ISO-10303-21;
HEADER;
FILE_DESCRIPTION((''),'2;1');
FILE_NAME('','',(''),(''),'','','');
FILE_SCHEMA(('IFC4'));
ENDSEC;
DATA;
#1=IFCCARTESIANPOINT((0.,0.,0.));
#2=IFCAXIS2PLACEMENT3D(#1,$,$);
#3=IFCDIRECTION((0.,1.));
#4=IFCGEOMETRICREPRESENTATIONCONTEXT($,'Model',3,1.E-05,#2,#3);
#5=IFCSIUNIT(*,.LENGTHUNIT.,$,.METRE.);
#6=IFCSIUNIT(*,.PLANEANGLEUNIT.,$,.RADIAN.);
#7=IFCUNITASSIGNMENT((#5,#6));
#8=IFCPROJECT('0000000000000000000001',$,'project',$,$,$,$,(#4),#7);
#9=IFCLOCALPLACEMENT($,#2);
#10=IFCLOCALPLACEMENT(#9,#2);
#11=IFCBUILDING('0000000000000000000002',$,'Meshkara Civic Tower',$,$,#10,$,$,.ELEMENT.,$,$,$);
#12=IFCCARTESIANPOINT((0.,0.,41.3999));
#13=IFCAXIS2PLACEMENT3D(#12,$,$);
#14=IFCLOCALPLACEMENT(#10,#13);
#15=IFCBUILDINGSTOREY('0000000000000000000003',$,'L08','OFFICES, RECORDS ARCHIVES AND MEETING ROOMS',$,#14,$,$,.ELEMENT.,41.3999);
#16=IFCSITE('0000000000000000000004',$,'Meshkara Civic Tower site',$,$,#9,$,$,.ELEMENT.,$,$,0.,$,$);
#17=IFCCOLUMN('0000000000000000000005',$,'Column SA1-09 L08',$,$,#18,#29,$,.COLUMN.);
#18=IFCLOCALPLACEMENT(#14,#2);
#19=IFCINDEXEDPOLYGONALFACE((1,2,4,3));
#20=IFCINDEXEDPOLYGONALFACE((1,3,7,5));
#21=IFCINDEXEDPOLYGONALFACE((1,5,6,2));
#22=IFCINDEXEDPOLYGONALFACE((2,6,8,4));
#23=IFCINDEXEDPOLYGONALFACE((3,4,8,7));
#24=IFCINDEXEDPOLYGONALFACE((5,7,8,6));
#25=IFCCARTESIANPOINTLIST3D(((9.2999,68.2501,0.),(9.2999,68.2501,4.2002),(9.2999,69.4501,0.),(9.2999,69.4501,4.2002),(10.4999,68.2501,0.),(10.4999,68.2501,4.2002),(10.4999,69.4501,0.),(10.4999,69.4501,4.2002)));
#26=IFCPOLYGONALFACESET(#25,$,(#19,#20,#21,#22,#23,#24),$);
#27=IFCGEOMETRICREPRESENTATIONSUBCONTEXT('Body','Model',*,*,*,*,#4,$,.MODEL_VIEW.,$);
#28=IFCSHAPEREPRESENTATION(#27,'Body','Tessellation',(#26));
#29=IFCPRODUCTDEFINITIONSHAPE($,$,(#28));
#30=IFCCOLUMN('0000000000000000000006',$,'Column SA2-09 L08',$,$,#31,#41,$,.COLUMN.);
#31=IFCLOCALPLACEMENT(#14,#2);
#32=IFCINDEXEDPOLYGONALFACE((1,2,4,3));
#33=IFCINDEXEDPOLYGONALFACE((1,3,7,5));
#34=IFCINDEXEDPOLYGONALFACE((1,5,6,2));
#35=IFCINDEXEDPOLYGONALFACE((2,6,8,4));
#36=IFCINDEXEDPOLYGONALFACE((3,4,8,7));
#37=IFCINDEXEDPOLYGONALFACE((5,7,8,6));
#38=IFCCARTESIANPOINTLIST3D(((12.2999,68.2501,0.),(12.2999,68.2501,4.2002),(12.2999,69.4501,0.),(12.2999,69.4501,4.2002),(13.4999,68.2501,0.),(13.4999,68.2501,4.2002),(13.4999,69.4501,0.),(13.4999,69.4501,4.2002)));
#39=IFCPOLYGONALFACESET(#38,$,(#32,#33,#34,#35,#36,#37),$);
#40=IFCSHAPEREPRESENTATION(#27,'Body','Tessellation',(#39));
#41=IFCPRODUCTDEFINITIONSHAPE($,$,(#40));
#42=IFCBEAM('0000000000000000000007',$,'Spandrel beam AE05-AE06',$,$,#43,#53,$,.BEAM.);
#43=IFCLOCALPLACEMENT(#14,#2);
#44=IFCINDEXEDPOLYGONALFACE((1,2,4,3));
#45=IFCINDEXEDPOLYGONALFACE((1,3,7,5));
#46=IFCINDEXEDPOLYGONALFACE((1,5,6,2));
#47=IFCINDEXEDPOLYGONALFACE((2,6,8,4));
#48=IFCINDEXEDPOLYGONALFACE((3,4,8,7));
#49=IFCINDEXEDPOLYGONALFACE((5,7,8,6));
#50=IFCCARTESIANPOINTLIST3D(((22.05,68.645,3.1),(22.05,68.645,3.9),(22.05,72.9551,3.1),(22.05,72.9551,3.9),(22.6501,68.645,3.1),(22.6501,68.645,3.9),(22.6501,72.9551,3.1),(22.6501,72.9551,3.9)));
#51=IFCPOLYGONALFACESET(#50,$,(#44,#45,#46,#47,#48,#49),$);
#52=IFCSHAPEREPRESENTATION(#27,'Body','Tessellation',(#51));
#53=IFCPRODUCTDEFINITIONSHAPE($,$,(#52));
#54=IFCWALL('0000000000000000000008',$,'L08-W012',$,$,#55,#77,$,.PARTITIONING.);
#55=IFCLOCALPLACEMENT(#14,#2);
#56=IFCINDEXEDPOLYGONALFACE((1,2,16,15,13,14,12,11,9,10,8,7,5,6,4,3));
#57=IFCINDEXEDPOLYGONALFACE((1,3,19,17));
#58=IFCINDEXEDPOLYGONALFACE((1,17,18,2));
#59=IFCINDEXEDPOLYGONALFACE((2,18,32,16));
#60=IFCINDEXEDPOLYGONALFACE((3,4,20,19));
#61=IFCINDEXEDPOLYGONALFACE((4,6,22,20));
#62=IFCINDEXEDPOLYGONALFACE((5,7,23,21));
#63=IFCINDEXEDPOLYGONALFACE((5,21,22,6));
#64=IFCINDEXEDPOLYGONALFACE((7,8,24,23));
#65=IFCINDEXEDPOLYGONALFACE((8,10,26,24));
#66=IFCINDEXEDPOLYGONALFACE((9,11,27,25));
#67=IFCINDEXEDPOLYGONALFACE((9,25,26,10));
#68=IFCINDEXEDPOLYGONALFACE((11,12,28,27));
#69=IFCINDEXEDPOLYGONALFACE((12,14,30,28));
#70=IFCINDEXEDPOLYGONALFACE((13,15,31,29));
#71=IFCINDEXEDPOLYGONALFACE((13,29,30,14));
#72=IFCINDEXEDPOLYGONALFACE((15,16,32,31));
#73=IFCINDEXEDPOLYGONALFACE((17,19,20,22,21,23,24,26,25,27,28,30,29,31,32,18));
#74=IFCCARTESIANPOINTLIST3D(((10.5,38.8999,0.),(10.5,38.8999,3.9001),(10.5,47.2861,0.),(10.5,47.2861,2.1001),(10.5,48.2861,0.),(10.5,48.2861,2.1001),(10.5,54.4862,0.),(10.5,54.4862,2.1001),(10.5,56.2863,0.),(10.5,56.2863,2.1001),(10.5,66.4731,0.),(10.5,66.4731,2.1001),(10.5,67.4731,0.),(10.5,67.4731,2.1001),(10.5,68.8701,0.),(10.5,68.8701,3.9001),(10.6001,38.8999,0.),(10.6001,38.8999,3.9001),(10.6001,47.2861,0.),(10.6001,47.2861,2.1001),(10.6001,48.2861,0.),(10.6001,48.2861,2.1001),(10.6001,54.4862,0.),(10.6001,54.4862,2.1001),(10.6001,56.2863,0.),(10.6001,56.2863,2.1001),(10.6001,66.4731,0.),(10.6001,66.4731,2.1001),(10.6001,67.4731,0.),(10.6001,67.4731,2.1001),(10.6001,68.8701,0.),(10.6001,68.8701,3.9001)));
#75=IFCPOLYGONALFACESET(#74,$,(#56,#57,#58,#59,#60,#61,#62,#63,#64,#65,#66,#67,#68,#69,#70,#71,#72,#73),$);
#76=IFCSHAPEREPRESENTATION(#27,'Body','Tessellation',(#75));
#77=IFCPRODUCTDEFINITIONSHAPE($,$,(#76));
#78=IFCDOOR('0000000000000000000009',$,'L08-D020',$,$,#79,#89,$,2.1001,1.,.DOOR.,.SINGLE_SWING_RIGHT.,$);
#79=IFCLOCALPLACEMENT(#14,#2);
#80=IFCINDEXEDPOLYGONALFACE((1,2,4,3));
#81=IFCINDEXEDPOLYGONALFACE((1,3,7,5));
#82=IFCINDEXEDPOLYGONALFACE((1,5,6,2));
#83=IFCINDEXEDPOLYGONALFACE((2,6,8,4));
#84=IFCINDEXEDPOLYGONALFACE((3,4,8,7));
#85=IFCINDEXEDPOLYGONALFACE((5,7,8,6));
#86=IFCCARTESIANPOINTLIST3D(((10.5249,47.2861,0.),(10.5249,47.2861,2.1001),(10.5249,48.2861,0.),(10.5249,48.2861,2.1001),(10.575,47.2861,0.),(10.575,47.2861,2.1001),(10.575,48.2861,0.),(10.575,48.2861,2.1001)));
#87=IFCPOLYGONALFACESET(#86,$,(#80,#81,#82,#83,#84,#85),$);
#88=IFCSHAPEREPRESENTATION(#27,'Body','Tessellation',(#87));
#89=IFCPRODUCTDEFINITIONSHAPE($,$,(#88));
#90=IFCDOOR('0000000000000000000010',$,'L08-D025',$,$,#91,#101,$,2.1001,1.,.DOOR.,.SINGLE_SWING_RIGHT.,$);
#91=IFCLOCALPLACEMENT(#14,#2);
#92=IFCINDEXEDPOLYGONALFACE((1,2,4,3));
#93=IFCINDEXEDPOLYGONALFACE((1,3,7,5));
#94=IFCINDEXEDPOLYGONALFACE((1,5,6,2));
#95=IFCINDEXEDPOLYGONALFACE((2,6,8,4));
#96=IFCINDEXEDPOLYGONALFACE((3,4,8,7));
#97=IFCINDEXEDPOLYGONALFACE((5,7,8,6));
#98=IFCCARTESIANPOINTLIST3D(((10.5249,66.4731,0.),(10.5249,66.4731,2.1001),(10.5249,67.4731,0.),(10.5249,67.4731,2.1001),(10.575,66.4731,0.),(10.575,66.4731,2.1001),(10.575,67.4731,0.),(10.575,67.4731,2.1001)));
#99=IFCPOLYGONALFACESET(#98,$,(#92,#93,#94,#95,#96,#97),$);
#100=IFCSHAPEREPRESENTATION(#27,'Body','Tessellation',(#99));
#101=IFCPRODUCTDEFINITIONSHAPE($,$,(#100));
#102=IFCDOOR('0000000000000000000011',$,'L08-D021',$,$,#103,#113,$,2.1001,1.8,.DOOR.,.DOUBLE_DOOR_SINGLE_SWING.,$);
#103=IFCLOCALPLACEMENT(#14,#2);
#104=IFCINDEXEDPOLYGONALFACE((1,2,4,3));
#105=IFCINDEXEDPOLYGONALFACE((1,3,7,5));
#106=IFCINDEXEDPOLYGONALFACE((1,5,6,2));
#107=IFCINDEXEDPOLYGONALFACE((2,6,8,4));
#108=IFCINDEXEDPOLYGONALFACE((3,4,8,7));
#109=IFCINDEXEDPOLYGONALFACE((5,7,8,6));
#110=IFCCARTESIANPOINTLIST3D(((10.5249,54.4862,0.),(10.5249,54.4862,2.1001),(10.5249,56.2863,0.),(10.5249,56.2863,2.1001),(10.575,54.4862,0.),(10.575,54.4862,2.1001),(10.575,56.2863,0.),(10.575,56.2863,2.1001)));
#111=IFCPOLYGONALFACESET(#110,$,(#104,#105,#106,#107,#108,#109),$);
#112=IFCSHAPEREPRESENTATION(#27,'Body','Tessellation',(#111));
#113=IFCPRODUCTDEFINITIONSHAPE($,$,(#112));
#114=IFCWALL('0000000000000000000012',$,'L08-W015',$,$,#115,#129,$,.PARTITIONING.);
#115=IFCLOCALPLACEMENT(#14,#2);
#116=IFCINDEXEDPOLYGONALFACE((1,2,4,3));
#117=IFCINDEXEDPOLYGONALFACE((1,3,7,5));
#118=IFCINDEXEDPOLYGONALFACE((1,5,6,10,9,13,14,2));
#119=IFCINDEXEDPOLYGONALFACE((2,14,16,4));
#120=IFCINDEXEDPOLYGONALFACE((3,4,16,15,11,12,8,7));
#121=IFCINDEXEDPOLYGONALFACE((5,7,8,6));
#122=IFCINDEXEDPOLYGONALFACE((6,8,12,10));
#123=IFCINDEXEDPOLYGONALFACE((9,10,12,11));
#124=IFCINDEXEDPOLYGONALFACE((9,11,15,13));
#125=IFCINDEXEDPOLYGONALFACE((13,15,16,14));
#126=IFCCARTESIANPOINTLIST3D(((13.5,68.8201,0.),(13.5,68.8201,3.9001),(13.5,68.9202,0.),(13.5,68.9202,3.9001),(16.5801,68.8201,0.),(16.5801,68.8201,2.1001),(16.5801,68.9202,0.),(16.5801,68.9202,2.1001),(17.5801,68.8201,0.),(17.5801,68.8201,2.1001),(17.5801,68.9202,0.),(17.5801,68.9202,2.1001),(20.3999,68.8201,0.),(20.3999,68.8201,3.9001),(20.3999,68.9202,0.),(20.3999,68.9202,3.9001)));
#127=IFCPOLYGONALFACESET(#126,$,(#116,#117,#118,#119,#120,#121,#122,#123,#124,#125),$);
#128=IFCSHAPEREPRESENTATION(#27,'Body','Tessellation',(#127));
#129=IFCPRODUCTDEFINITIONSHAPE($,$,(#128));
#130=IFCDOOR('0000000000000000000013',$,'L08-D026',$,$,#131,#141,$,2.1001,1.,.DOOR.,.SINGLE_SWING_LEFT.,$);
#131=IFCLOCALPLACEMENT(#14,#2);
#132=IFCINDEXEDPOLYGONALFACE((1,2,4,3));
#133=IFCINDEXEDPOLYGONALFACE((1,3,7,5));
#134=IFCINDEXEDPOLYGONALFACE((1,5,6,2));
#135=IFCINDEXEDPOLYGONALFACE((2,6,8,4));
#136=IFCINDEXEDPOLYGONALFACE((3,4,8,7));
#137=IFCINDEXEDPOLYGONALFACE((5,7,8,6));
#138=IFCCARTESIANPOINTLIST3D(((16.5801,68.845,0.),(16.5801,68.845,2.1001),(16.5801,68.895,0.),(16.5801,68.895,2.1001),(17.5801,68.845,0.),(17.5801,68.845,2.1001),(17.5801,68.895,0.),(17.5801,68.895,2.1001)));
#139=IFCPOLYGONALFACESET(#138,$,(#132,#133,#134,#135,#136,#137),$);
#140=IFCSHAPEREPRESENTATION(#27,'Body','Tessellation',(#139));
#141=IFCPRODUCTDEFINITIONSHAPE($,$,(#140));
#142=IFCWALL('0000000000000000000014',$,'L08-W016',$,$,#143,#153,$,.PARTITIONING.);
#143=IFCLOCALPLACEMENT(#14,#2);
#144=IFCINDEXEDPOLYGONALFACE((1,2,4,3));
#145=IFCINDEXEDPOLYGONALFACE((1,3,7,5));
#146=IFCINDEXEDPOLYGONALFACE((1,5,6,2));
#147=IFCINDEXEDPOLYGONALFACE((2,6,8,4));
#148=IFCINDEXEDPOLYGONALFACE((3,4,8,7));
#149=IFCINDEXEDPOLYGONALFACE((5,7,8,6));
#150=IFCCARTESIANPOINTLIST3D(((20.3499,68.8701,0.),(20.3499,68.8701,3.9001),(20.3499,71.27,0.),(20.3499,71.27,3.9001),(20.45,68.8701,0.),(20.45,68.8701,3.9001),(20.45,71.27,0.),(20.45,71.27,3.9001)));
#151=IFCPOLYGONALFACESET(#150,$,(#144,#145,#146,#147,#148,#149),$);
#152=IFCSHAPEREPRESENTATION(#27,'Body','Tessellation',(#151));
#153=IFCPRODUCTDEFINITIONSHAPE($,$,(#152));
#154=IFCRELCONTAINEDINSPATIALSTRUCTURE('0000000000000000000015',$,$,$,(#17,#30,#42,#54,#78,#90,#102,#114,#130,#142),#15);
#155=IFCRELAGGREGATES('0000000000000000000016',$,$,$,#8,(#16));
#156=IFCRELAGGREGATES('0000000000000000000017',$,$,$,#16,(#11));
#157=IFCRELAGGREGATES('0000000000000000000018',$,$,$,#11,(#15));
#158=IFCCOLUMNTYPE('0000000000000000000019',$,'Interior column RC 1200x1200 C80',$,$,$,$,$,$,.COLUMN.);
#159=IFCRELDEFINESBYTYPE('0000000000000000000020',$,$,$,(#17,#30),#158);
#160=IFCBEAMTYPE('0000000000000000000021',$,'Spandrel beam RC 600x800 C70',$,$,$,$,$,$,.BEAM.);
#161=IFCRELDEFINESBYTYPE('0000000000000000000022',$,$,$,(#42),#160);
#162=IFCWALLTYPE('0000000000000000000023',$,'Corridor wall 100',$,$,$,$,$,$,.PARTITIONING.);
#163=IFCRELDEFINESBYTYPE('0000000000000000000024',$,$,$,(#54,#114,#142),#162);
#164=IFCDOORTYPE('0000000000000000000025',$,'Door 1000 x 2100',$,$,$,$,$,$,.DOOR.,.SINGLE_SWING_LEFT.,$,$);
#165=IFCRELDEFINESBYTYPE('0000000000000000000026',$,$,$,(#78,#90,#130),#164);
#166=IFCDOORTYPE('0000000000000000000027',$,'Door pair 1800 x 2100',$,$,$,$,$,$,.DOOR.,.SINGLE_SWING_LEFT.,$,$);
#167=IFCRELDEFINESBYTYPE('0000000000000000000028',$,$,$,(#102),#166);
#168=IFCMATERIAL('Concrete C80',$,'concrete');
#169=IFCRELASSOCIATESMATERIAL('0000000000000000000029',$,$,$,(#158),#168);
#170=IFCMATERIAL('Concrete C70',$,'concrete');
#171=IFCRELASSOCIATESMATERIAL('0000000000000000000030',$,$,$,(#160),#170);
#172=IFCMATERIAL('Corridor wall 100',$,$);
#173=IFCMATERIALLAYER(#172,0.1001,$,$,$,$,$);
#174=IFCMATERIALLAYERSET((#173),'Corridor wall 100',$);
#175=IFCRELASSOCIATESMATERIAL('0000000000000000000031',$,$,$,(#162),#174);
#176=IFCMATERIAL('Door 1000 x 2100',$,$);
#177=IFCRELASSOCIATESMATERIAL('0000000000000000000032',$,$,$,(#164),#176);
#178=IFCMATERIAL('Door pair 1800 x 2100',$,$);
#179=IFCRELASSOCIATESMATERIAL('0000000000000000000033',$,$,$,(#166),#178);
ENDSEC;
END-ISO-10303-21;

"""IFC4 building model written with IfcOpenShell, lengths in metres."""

from ifc_helpers import new_model, si_unit, direction, frame, frame_2d, origin, origin_2d, place, context, subcontext, project, spatial, rectangle, extrude, material, layer, layer_set, material_profile, profile_set, type_object, element, fill, save


model = new_model("IFC4")

# Units and contexts
model_context = context("Model", 3, precision=1e-05, world=origin(), true_north=direction((0.0, 1.0)))
body_context = subcontext(model_context, "Body", "Model", "MODEL_VIEW")
ifc_project = project(units=[si_unit("LENGTHUNIT", "METRE"), si_unit("PLANEANGLEUNIT", "RADIAN")], contexts=[model_context])

# Site, building, storey
site_placement = place(None, origin())
site = spatial("IfcSite", under=ifc_project, at=site_placement, Name="Meshkara Civic Tower site", CompositionType="ELEMENT", RefElevation=0.0)
building_placement = place(site_placement, origin())
building = spatial("IfcBuilding", under=site, at=building_placement, Name="Meshkara Civic Tower", CompositionType="ELEMENT")
storey_placement = place(building_placement, frame((0.0, 0.0, 41.3999)))
storey = spatial("IfcBuildingStorey", under=building, at=storey_placement, Name="L08", Description="OFFICES, RECORDS ARCHIVES AND MEETING ROOMS", CompositionType="ELEMENT", Elevation=41.3999)

# Columns
ifc_material_1 = material(Name="Concrete C80", Category="concrete")
ifc_material_profile_1 = material_profile(ifc_material_1, rectangle(XDim=1.2, YDim=1.2, at=origin_2d()))
ifc_profile_set_1 = profile_set([ifc_material_profile_1], Name="Concrete C80")
column_type = type_object("IfcColumnType", Name="Interior column RC 1200x1200 C80", PredefinedType="COLUMN", material=ifc_profile_set_1)
for number, where, z_axis, x_axis, name in (
    (1, (9.8999, 68.8501, 0.0), (0.0, 0.0, 1.0), (1.0, 0.0, 0.0), "Column SA1-09 L08"),
    (2, (12.8999, 68.8501, 0.0), (0.0, 0.0, 1.0), (1.0, 0.0, 0.0), "Column SA2-09 L08"),
):
    element("IfcColumn", number, at=place(storey_placement, frame(where, z_axis=z_axis, x_axis=x_axis)), inside=storey, type_object=column_type, Name=name, PredefinedType="COLUMN", context=body_context, shape_type="SweptSolid", body=[
        extrude(rectangle(XDim=1.2, YDim=1.2, at=origin_2d()), origin(), (0.0, 0.0, 1.0), 4.2002),
    ])

# Beam
ifc_material_2 = material(Name="Concrete C70", Category="concrete")
ifc_material_profile_2 = material_profile(ifc_material_2, rectangle(XDim=0.6001, YDim=0.8, at=origin_2d()))
ifc_profile_set_2 = profile_set([ifc_material_profile_2], Name="Concrete C70")
beam_type = type_object("IfcBeamType", Name="Spandrel beam RC 600x800 C70", PredefinedType="BEAM", material=ifc_profile_set_2)
beam_placement = place(storey_placement, frame((22.3501, 68.645, 3.5), z_axis=(0.0, 1.0, 0.0), x_axis=(-1.0, 0.0, 0.0)))
element("IfcBeam", 3, at=beam_placement, inside=storey, type_object=beam_type, Name="Spandrel beam AE05-AE06", PredefinedType="BEAM", context=body_context, shape_type="SweptSolid", body=[
    extrude(rectangle(XDim=0.6001, YDim=0.8, at=origin_2d()), origin(), (0.0, 0.0, 1.0), 4.3101),
])

# Wall, openings, doors
ifc_material_3 = material(Name="Corridor wall 100")
ifc_layer_1 = layer(ifc_material_3, 0.1001)
ifc_layer_set_1 = layer_set([ifc_layer_1], Name="Corridor wall 100")
wall_type_1 = type_object("IfcWallType", Name="Corridor wall 100", PredefinedType="PARTITIONING", material=ifc_layer_set_1)
wall_1_placement = place(storey_placement, frame((10.55, 68.8701, 0.0), z_axis=(0.0, 0.0, 1.0), x_axis=(0.0, -1.0, 0.0)))
wall_1 = element("IfcWall", 4, at=wall_1_placement, inside=storey, type_object=wall_type_1, Name="L08-W012", PredefinedType="PARTITIONING", context=body_context, shape_type="SweptSolid", body=[
    extrude(rectangle(XDim=29.9702, YDim=0.1001, at=frame_2d((14.9851, 0.0))), origin(), (0.0, 0.0, 1.0), 3.9001),
])
opening_1_placement = place(wall_1_placement, frame((20.584, 0.0, 0.0)))
opening_1 = element("IfcOpeningElement", 5, at=opening_1_placement, cuts=wall_1, PredefinedType="OPENING", context=body_context, shape_type="SweptSolid", body=[
    extrude(rectangle(XDim=1.0, YDim=2.1001, at=frame_2d((0.5, 1.05))), frame((0.0, 0.0601, 0.0), z_axis=(0.0, -1.0, 0.0), x_axis=(1.0, 0.0, 0.0)), (0.0, 0.0, 1.0), 0.1201),
])
opening_2_placement = place(wall_1_placement, frame((12.584, 0.0, 0.0)))
opening_2 = element("IfcOpeningElement", 6, at=opening_2_placement, cuts=wall_1, PredefinedType="OPENING", context=body_context, shape_type="SweptSolid", body=[
    extrude(rectangle(XDim=1.8, YDim=2.1001, at=frame_2d((0.8999, 1.05))), frame((0.0, 0.0601, 0.0), z_axis=(0.0, -1.0, 0.0), x_axis=(1.0, 0.0, 0.0)), (0.0, 0.0, 1.0), 0.1201),
])
opening_3_placement = place(wall_1_placement, frame((1.397, 0.0, 0.0)))
opening_3 = element("IfcOpeningElement", 7, at=opening_3_placement, cuts=wall_1, PredefinedType="OPENING", context=body_context, shape_type="SweptSolid", body=[
    extrude(rectangle(XDim=1.0, YDim=2.1001, at=frame_2d((0.5, 1.05))), frame((0.0, 0.0601, 0.0), z_axis=(0.0, -1.0, 0.0), x_axis=(1.0, 0.0, 0.0)), (0.0, 0.0, 1.0), 0.1201),
])
ifc_material_4 = material(Name="Door 1000 x 2100")
door_type_1 = type_object("IfcDoorType", Name="Door 1000 x 2100", OperationType="SINGLE_SWING_LEFT", PredefinedType="DOOR", material=ifc_material_4)
door_1_placement = place(opening_1_placement, origin())
door_1 = element("IfcDoor", 8, at=door_1_placement, inside=storey, type_object=door_type_1, Name="L08-D020", OperationType="SINGLE_SWING_RIGHT", OverallHeight=2.1001, OverallWidth=1.0, PredefinedType="DOOR", context=body_context, shape_type="SweptSolid", body=[
    extrude(rectangle(XDim=1.0, YDim=2.1001, at=frame_2d((0.5, 1.05))), frame((0.0, 0.0249, 0.0), z_axis=(0.0, -1.0, 0.0), x_axis=(1.0, 0.0, 0.0)), (0.0, 0.0, 1.0), 0.05),
])
fill(opening_1, door_1)
door_2_placement = place(opening_3_placement, origin())
door_2 = element("IfcDoor", 9, at=door_2_placement, inside=storey, type_object=door_type_1, Name="L08-D025", OperationType="SINGLE_SWING_RIGHT", OverallHeight=2.1001, OverallWidth=1.0, PredefinedType="DOOR", context=body_context, shape_type="SweptSolid", body=[
    extrude(rectangle(XDim=1.0, YDim=2.1001, at=frame_2d((0.5, 1.05))), frame((0.0, 0.0249, 0.0), z_axis=(0.0, -1.0, 0.0), x_axis=(1.0, 0.0, 0.0)), (0.0, 0.0, 1.0), 0.05),
])
fill(opening_3, door_2)
ifc_material_5 = material(Name="Door pair 1800 x 2100")
door_type_2 = type_object("IfcDoorType", Name="Door pair 1800 x 2100", OperationType="SINGLE_SWING_LEFT", PredefinedType="DOOR", material=ifc_material_5)
door_3_placement = place(opening_2_placement, origin())
door_3 = element("IfcDoor", 10, at=door_3_placement, inside=storey, type_object=door_type_2, Name="L08-D021", OperationType="DOUBLE_DOOR_SINGLE_SWING", OverallHeight=2.1001, OverallWidth=1.8, PredefinedType="DOOR", context=body_context, shape_type="SweptSolid", body=[
    extrude(rectangle(XDim=1.8, YDim=2.1001, at=frame_2d((0.8999, 1.05))), frame((0.0, 0.0249, 0.0), z_axis=(0.0, -1.0, 0.0), x_axis=(1.0, 0.0, 0.0)), (0.0, 0.0, 1.0), 0.05),
])
fill(opening_2, door_3)

# Wall, opening, door
wall_2_placement = place(storey_placement, frame((13.5, 68.8701, 0.0), z_axis=(0.0, 0.0, 1.0), x_axis=(1.0, 0.0, 0.0)))
wall_2 = element("IfcWall", 11, at=wall_2_placement, inside=storey, type_object=wall_type_1, Name="L08-W015", PredefinedType="PARTITIONING", context=body_context, shape_type="SweptSolid", body=[
    extrude(rectangle(XDim=6.8999, YDim=0.1001, at=frame_2d((3.45, 0.0))), origin(), (0.0, 0.0, 1.0), 3.9001),
])
opening_4_placement = place(wall_2_placement, frame((3.0801, 0.0, 0.0)))
opening_4 = element("IfcOpeningElement", 12, at=opening_4_placement, cuts=wall_2, PredefinedType="OPENING", context=body_context, shape_type="SweptSolid", body=[
    extrude(rectangle(XDim=1.0, YDim=2.1001, at=frame_2d((0.5, 1.05))), frame((0.0, 0.0601, 0.0), z_axis=(0.0, -1.0, 0.0), x_axis=(1.0, 0.0, 0.0)), (0.0, 0.0, 1.0), 0.1201),
])
door_4_placement = place(opening_4_placement, origin())
door_4 = element("IfcDoor", 13, at=door_4_placement, inside=storey, type_object=door_type_1, Name="L08-D026", OperationType="SINGLE_SWING_LEFT", OverallHeight=2.1001, OverallWidth=1.0, PredefinedType="DOOR", context=body_context, shape_type="SweptSolid", body=[
    extrude(rectangle(XDim=1.0, YDim=2.1001, at=frame_2d((0.5, 1.05))), frame((0.0, 0.0249, 0.0), z_axis=(0.0, -1.0, 0.0), x_axis=(1.0, 0.0, 0.0)), (0.0, 0.0, 1.0), 0.05),
])
fill(opening_4, door_4)

# Wall
wall_3_placement = place(storey_placement, frame((20.3999, 68.8701, 0.0), z_axis=(0.0, 0.0, 1.0), x_axis=(0.0, 1.0, 0.0)))
element("IfcWall", 14, at=wall_3_placement, inside=storey, type_object=wall_type_1, Name="L08-W016", PredefinedType="PARTITIONING", context=body_context, shape_type="SweptSolid", body=[
    extrude(rectangle(XDim=2.3999, YDim=0.1001, at=frame_2d((1.2, 0.0))), origin(), (0.0, 0.0, 1.0), 3.9001),
])

save(model, "model.ifc")
